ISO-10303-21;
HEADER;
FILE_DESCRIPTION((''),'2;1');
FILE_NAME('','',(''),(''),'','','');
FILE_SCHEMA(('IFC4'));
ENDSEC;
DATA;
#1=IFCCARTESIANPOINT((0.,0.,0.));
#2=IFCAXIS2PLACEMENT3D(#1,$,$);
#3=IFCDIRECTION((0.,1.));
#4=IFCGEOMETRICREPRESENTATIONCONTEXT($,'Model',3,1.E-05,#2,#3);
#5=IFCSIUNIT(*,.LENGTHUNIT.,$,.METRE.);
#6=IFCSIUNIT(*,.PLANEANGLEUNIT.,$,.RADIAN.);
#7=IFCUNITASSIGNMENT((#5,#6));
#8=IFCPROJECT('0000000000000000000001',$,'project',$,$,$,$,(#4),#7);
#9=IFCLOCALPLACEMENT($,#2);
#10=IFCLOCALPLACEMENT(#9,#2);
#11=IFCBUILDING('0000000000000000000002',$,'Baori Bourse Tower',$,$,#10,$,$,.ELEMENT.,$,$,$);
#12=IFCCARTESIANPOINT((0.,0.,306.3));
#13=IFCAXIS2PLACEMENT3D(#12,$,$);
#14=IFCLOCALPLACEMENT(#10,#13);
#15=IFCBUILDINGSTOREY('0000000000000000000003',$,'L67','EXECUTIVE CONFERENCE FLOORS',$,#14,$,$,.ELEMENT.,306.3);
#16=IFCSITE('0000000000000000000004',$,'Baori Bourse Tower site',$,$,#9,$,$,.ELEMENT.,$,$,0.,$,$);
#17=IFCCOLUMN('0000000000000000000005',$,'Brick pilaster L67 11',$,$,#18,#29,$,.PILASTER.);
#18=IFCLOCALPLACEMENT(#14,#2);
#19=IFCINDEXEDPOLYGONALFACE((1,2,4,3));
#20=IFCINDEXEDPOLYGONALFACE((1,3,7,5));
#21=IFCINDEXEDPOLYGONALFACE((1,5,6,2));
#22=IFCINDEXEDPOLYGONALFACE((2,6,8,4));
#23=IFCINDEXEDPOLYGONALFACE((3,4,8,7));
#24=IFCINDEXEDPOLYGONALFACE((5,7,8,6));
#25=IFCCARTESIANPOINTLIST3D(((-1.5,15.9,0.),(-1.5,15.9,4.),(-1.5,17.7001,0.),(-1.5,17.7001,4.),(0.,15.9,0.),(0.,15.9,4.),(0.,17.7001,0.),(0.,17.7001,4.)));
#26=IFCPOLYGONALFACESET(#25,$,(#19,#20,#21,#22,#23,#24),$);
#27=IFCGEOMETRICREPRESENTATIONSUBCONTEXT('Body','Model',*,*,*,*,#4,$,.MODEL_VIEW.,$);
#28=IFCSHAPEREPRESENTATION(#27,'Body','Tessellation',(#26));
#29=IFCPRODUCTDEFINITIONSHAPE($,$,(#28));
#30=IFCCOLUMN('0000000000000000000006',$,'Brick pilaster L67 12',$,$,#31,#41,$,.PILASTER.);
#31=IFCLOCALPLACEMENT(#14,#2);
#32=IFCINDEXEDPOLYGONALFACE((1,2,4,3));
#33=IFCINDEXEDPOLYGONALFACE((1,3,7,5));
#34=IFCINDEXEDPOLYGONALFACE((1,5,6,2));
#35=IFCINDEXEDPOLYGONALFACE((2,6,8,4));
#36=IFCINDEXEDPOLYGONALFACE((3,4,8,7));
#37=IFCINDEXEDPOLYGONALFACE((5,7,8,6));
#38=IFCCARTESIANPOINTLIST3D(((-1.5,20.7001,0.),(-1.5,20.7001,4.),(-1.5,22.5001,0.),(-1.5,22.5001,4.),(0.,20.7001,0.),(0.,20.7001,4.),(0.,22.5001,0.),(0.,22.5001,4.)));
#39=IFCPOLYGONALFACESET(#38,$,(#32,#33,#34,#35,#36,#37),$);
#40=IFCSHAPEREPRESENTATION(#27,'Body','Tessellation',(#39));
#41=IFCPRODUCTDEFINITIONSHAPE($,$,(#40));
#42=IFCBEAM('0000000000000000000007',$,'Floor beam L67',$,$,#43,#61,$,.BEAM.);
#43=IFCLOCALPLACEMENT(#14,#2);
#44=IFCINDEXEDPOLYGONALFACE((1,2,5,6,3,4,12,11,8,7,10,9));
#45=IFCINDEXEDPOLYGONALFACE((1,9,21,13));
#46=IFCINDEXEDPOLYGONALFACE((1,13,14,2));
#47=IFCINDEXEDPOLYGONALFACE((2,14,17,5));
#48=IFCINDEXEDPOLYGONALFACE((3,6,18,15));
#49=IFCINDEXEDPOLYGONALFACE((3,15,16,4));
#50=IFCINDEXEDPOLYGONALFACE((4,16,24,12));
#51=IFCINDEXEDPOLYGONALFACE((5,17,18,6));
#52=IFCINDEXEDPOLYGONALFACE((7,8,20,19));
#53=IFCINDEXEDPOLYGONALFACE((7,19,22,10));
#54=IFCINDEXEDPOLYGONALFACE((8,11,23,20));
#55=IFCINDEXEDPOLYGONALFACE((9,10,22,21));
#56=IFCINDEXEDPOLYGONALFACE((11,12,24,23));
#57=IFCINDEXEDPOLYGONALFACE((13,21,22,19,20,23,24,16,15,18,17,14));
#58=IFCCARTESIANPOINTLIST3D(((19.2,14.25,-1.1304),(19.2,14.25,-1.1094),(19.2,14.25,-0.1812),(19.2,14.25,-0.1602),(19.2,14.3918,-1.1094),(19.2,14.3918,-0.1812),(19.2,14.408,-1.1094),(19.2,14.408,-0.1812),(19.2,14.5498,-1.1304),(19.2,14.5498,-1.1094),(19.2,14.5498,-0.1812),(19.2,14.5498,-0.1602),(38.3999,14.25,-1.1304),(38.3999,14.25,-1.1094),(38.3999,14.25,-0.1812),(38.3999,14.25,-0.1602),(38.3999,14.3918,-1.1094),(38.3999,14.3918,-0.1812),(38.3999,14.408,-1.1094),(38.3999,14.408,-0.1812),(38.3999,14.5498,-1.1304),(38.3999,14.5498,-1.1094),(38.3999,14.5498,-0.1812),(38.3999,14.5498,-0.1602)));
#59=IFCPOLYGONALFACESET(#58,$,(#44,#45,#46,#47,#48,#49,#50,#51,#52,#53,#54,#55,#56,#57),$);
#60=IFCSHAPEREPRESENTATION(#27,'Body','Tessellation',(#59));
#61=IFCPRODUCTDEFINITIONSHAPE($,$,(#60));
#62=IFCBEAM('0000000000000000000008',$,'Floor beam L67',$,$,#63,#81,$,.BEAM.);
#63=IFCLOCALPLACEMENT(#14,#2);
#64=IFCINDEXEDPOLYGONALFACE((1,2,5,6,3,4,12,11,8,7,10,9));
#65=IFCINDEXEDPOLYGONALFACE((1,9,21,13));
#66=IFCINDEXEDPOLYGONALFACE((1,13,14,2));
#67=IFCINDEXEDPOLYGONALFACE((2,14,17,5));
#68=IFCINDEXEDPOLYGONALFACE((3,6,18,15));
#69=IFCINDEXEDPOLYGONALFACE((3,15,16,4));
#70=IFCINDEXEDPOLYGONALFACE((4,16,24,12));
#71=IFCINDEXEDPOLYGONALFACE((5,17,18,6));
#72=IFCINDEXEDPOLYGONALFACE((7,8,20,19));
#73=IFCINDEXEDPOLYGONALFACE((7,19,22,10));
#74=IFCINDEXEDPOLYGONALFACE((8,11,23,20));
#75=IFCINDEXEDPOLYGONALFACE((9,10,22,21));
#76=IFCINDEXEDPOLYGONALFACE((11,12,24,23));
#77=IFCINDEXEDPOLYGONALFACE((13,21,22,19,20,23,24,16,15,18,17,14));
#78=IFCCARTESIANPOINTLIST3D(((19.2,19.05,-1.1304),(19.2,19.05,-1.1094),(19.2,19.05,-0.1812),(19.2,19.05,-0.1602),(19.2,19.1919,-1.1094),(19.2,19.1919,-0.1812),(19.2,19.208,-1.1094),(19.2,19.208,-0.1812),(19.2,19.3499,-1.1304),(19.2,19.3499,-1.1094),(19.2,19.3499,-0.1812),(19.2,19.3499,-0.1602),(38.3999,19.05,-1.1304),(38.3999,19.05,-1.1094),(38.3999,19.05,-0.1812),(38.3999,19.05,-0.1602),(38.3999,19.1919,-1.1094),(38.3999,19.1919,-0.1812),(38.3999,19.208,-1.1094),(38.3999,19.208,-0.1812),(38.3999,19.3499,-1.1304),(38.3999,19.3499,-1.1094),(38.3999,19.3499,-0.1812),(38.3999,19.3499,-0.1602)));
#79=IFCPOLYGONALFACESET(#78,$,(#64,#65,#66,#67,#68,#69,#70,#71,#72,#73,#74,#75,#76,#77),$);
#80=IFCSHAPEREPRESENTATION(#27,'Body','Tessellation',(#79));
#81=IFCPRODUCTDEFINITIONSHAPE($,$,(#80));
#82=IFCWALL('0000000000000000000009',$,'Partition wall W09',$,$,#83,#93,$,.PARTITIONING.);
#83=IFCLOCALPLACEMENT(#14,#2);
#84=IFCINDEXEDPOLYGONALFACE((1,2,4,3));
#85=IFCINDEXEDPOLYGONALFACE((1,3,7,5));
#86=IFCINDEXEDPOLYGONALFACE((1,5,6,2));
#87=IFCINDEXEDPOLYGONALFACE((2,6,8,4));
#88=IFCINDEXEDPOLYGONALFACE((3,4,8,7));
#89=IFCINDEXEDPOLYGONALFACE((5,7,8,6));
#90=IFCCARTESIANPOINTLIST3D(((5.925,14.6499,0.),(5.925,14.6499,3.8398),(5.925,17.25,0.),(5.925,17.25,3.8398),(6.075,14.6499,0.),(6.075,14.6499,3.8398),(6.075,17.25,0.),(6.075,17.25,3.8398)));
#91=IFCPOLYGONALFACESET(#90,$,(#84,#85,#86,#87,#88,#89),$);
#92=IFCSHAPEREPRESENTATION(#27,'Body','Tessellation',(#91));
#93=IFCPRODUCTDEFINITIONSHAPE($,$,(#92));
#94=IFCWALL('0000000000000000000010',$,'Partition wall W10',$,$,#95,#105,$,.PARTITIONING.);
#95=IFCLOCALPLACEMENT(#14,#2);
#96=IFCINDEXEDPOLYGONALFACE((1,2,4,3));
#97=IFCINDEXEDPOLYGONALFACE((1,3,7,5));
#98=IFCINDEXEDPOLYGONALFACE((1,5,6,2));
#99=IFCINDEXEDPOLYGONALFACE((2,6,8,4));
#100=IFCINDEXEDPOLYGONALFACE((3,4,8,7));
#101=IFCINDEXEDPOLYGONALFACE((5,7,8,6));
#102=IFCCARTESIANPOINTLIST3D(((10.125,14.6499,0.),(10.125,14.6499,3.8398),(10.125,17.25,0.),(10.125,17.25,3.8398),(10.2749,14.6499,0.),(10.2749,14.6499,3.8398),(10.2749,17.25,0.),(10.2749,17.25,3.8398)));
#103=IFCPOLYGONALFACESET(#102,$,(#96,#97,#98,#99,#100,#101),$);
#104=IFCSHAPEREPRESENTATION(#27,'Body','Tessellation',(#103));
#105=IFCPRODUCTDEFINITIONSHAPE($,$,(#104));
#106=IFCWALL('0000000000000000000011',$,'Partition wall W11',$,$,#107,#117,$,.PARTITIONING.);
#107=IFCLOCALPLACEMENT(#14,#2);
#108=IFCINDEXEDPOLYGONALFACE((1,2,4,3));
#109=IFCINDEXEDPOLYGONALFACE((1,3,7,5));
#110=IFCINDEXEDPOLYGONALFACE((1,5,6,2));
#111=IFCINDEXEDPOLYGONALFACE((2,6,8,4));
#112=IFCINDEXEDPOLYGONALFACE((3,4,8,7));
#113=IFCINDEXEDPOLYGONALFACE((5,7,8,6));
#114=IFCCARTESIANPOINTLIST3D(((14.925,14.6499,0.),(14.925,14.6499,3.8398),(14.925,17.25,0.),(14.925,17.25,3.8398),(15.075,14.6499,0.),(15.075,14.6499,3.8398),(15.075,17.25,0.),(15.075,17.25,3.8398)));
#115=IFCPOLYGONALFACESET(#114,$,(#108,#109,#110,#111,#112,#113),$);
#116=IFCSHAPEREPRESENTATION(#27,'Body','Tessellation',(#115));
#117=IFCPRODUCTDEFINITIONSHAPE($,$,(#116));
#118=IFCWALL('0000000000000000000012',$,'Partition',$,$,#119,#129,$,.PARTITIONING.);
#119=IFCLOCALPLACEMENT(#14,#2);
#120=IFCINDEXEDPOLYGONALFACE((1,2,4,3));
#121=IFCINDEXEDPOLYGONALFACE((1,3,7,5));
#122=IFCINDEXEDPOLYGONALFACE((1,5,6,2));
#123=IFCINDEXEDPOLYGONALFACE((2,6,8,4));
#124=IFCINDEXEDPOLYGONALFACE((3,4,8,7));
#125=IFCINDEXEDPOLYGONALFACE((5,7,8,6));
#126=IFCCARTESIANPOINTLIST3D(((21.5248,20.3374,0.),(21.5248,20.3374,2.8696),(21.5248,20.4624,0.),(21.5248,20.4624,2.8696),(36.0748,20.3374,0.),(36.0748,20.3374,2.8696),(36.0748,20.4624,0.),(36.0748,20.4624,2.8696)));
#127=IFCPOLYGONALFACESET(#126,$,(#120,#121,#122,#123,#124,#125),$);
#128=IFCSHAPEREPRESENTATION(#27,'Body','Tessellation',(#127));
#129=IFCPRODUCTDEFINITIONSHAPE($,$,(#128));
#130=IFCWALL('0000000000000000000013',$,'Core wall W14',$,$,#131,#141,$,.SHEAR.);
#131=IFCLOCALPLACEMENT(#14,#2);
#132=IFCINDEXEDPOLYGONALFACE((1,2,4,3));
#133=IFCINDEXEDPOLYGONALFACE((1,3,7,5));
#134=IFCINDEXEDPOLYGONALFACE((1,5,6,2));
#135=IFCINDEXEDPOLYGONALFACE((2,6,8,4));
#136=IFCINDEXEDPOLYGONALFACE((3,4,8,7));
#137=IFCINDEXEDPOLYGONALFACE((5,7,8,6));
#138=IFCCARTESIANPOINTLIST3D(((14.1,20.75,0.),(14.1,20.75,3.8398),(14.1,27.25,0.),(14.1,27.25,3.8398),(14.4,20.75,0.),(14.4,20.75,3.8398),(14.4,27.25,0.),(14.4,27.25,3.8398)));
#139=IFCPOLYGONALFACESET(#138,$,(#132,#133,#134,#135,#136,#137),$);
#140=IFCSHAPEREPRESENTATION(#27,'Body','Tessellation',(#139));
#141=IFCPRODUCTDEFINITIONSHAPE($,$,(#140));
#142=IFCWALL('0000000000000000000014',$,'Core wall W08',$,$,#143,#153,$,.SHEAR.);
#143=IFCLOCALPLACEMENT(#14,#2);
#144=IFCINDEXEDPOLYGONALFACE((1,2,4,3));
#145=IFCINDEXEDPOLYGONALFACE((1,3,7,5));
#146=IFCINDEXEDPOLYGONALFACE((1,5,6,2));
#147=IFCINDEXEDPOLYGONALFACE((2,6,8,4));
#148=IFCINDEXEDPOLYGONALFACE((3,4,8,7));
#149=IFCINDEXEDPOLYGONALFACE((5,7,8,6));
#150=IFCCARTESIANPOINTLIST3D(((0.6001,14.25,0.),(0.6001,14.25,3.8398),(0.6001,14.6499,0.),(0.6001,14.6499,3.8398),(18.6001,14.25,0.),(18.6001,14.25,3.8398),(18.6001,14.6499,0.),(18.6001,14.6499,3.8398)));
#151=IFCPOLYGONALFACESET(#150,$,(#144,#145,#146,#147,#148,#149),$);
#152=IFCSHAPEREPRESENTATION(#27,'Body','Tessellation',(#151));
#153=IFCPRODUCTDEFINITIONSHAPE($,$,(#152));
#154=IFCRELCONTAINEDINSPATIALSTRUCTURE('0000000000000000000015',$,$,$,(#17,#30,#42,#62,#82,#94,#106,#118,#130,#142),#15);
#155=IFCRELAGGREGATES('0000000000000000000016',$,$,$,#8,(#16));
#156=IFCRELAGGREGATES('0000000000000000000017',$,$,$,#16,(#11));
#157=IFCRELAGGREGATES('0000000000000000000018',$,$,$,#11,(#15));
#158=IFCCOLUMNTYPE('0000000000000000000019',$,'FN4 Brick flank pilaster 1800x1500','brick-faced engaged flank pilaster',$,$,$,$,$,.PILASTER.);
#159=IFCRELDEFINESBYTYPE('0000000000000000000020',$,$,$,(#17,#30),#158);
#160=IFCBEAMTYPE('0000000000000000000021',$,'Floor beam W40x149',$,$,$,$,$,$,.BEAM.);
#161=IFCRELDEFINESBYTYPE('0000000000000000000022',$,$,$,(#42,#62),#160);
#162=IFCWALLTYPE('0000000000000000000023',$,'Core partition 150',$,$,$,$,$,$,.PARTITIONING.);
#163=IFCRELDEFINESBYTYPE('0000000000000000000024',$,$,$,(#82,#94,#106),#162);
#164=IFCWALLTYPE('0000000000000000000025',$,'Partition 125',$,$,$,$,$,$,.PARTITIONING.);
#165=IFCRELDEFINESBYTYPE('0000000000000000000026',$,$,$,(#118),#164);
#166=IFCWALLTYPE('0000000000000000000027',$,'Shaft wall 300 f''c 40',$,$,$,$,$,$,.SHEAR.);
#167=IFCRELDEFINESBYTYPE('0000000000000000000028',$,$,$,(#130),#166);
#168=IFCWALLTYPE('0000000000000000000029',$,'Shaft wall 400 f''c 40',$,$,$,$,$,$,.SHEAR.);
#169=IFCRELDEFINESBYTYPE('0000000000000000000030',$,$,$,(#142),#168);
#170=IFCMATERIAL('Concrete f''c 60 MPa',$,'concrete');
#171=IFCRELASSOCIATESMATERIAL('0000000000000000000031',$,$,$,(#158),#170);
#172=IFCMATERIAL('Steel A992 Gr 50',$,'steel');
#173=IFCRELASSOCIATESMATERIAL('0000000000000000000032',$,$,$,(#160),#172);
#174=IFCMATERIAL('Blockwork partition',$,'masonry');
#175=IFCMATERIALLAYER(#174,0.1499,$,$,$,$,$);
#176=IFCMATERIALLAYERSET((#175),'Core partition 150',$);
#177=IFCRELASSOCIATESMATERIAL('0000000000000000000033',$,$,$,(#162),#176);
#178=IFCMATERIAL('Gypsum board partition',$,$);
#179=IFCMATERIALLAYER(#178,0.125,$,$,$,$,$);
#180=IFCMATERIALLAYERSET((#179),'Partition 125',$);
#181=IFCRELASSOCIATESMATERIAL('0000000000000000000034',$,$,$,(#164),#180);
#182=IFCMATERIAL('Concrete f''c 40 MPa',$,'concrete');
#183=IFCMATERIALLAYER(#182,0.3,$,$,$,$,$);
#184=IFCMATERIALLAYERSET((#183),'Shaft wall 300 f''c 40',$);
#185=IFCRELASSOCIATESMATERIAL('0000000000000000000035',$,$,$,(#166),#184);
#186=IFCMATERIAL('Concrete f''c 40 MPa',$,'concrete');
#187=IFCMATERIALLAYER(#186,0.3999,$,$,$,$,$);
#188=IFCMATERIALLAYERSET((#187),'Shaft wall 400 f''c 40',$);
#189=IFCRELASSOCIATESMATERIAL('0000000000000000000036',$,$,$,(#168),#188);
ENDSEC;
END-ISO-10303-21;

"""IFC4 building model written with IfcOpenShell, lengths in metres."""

from ifc_helpers import new_model, si_unit, direction, frame, frame_2d, origin, origin_2d, place, context, subcontext, project, spatial, rectangle, i_section, extrude, material, layer, layer_set, material_profile, profile_set, type_object, element, save


model = new_model("IFC4")

# Units and contexts
model_context = context("Model", 3, precision=1e-05, world=origin(), true_north=direction((0.0, 1.0)))
body_context = subcontext(model_context, "Body", "Model", "MODEL_VIEW")
ifc_project = project(units=[si_unit("LENGTHUNIT", "METRE"), si_unit("PLANEANGLEUNIT", "RADIAN")], contexts=[model_context])

# Site, building, storey
site_placement = place(None, origin())
site = spatial("IfcSite", under=ifc_project, at=site_placement, Name="Baori Bourse Tower site", CompositionType="ELEMENT", RefElevation=0.0)
building_placement = place(site_placement, origin())
building = spatial("IfcBuilding", under=site, at=building_placement, Name="Baori Bourse Tower", CompositionType="ELEMENT")
storey_placement = place(building_placement, frame((0.0, 0.0, 306.3)))
storey = spatial("IfcBuildingStorey", under=building, at=storey_placement, Name="L67", Description="EXECUTIVE CONFERENCE FLOORS", CompositionType="ELEMENT", Elevation=306.3)

# Columns
ifc_material_1 = material(Name="Concrete f'c 60 MPa", Category="concrete")
ifc_material_profile_1 = material_profile(ifc_material_1, rectangle(XDim=1.8, YDim=1.5, at=origin_2d()), Name="RC 1800x1500")
ifc_profile_set_1 = profile_set([ifc_material_profile_1], Name="Concrete f'c 60 MPa")
column_type = type_object("IfcColumnType", Name="FN4 Brick flank pilaster 1800x1500", Description="brick-faced engaged flank pilaster", PredefinedType="PILASTER", material=ifc_profile_set_1)
for number, where, z_axis, x_axis, name in (
    (1, (-0.75, 16.8, 0.0), (0.0, 0.0, 1.0), (0.0, 1.0, 0.0), "Brick pilaster L67 11"),
    (2, (-0.75, 21.6001, 0.0), (0.0, 0.0, 1.0), (0.0, 1.0, 0.0), "Brick pilaster L67 12"),
):
    element("IfcColumn", number, at=place(storey_placement, frame(where, z_axis=z_axis, x_axis=x_axis)), inside=storey, type_object=column_type, Name=name, PredefinedType="PILASTER", context=body_context, shape_type="SweptSolid", body=[
        extrude(rectangle(XDim=1.8, YDim=1.5, at=origin_2d()), origin(), (0.0, 0.0, 1.0), 4.0),
    ])

# Beams
ifc_material_2 = material(Name="Steel A992 Gr 50", Category="steel")
ifc_material_profile_2 = material_profile(ifc_material_2, i_section(OverallWidth=0.2998, OverallDepth=0.9702, WebThickness=0.0161, FlangeThickness=0.021, at=origin_2d()), Name="W40x149")
ifc_profile_set_2 = profile_set([ifc_material_profile_2], Name="Steel A992 Gr 50")
beam_type = type_object("IfcBeamType", Name="Floor beam W40x149", PredefinedType="BEAM", material=ifc_profile_set_2)
for number, where, z_axis, x_axis, name in (
    (3, (19.2, 14.3999, -0.6453), (1.0, 0.0, 0.0), (0.0, 1.0, 0.0), "Floor beam L67"),
    (4, (19.2, 19.2, -0.6453), (1.0, 0.0, 0.0), (0.0, 1.0, 0.0), "Floor beam L67"),
):
    element("IfcBeam", number, at=place(storey_placement, frame(where, z_axis=z_axis, x_axis=x_axis)), inside=storey, type_object=beam_type, Name=name, PredefinedType="BEAM", context=body_context, shape_type="SweptSolid", body=[
        extrude(i_section(OverallWidth=0.2998, OverallDepth=0.9702, WebThickness=0.0161, FlangeThickness=0.021, at=origin_2d()), origin(), (0.0, 0.0, 1.0), 19.2),
    ])

# Walls
ifc_material_3 = material(Name="Blockwork partition", Category="masonry")
ifc_layer_1 = layer(ifc_material_3, 0.1499)
ifc_layer_set_1 = layer_set([ifc_layer_1], Name="Core partition 150")
wall_type_1 = type_object("IfcWallType", Name="Core partition 150", PredefinedType="PARTITIONING", material=ifc_layer_set_1)
for number, where, z_axis, x_axis, name in (
    (5, (6.0, 14.6499, 0.0), (0.0, 0.0, 1.0), (0.0, 1.0, 0.0), "Partition wall W09"),
    (6, (10.2, 14.6499, 0.0), (0.0, 0.0, 1.0), (0.0, 1.0, 0.0), "Partition wall W10"),
    (7, (15.0, 14.6499, 0.0), (0.0, 0.0, 1.0), (0.0, 1.0, 0.0), "Partition wall W11"),
):
    element("IfcWall", number, at=place(storey_placement, frame(where, z_axis=z_axis, x_axis=x_axis)), inside=storey, type_object=wall_type_1, Name=name, PredefinedType="PARTITIONING", context=body_context, shape_type="SweptSolid", body=[
        extrude(rectangle(XDim=2.6001, YDim=0.1499, at=frame_2d((1.3, 0.0))), origin(), (0.0, 0.0, 1.0), 3.8398),
    ])
ifc_material_4 = material(Name="Gypsum board partition")
ifc_layer_2 = layer(ifc_material_4, 0.125)
ifc_layer_set_2 = layer_set([ifc_layer_2], Name="Partition 125")
wall_type_2 = type_object("IfcWallType", Name="Partition 125", PredefinedType="PARTITIONING", material=ifc_layer_set_2)
wall_1_placement = place(storey_placement, frame((21.5249, 20.3999, 0.0), z_axis=(0.0, 0.0, 1.0), x_axis=(1.0, 0.0, 0.0)))
element("IfcWall", 8, at=wall_1_placement, inside=storey, type_object=wall_type_2, Name="Partition", PredefinedType="PARTITIONING", context=body_context, shape_type="SweptSolid", body=[
    extrude(rectangle(XDim=14.55, YDim=0.125, at=frame_2d((7.2749, 0.0))), origin(), (0.0, 0.0, 1.0), 2.8696),
])
ifc_material_5 = material(Name="Concrete f'c 40 MPa", Category="concrete")
ifc_layer_3 = layer(ifc_material_5, 0.3)
ifc_layer_set_3 = layer_set([ifc_layer_3], Name="Shaft wall 300 f'c 40")
wall_type_3 = type_object("IfcWallType", Name="Shaft wall 300 f'c 40", PredefinedType="SHEAR", material=ifc_layer_set_3)
wall_2_placement = place(storey_placement, frame((14.25, 20.75, 0.0), z_axis=(0.0, 0.0, 1.0), x_axis=(0.0, 1.0, 0.0)))
element("IfcWall", 9, at=wall_2_placement, inside=storey, type_object=wall_type_3, Name="Core wall W14", PredefinedType="SHEAR", context=body_context, shape_type="SweptSolid", body=[
    extrude(rectangle(XDim=6.5, YDim=0.3, at=frame_2d((3.25, 0.0))), origin(), (0.0, 0.0, 1.0), 3.8398),
])
ifc_material_6 = material(Name="Concrete f'c 40 MPa", Category="concrete")
ifc_layer_4 = layer(ifc_material_6, 0.3999)
ifc_layer_set_4 = layer_set([ifc_layer_4], Name="Shaft wall 400 f'c 40")
wall_type_4 = type_object("IfcWallType", Name="Shaft wall 400 f'c 40", PredefinedType="SHEAR", material=ifc_layer_set_4)
wall_3_placement = place(storey_placement, frame((0.6001, 14.45, 0.0), z_axis=(0.0, 0.0, 1.0), x_axis=(1.0, 0.0, 0.0)))
element("IfcWall", 10, at=wall_3_placement, inside=storey, type_object=wall_type_4, Name="Core wall W08", PredefinedType="SHEAR", context=body_context, shape_type="SweptSolid", body=[
    extrude(rectangle(XDim=18.0, YDim=0.3999, at=frame_2d((9.0, 0.0))), origin(), (0.0, 0.0, 1.0), 3.8398),
])

save(model, "model.ifc")
